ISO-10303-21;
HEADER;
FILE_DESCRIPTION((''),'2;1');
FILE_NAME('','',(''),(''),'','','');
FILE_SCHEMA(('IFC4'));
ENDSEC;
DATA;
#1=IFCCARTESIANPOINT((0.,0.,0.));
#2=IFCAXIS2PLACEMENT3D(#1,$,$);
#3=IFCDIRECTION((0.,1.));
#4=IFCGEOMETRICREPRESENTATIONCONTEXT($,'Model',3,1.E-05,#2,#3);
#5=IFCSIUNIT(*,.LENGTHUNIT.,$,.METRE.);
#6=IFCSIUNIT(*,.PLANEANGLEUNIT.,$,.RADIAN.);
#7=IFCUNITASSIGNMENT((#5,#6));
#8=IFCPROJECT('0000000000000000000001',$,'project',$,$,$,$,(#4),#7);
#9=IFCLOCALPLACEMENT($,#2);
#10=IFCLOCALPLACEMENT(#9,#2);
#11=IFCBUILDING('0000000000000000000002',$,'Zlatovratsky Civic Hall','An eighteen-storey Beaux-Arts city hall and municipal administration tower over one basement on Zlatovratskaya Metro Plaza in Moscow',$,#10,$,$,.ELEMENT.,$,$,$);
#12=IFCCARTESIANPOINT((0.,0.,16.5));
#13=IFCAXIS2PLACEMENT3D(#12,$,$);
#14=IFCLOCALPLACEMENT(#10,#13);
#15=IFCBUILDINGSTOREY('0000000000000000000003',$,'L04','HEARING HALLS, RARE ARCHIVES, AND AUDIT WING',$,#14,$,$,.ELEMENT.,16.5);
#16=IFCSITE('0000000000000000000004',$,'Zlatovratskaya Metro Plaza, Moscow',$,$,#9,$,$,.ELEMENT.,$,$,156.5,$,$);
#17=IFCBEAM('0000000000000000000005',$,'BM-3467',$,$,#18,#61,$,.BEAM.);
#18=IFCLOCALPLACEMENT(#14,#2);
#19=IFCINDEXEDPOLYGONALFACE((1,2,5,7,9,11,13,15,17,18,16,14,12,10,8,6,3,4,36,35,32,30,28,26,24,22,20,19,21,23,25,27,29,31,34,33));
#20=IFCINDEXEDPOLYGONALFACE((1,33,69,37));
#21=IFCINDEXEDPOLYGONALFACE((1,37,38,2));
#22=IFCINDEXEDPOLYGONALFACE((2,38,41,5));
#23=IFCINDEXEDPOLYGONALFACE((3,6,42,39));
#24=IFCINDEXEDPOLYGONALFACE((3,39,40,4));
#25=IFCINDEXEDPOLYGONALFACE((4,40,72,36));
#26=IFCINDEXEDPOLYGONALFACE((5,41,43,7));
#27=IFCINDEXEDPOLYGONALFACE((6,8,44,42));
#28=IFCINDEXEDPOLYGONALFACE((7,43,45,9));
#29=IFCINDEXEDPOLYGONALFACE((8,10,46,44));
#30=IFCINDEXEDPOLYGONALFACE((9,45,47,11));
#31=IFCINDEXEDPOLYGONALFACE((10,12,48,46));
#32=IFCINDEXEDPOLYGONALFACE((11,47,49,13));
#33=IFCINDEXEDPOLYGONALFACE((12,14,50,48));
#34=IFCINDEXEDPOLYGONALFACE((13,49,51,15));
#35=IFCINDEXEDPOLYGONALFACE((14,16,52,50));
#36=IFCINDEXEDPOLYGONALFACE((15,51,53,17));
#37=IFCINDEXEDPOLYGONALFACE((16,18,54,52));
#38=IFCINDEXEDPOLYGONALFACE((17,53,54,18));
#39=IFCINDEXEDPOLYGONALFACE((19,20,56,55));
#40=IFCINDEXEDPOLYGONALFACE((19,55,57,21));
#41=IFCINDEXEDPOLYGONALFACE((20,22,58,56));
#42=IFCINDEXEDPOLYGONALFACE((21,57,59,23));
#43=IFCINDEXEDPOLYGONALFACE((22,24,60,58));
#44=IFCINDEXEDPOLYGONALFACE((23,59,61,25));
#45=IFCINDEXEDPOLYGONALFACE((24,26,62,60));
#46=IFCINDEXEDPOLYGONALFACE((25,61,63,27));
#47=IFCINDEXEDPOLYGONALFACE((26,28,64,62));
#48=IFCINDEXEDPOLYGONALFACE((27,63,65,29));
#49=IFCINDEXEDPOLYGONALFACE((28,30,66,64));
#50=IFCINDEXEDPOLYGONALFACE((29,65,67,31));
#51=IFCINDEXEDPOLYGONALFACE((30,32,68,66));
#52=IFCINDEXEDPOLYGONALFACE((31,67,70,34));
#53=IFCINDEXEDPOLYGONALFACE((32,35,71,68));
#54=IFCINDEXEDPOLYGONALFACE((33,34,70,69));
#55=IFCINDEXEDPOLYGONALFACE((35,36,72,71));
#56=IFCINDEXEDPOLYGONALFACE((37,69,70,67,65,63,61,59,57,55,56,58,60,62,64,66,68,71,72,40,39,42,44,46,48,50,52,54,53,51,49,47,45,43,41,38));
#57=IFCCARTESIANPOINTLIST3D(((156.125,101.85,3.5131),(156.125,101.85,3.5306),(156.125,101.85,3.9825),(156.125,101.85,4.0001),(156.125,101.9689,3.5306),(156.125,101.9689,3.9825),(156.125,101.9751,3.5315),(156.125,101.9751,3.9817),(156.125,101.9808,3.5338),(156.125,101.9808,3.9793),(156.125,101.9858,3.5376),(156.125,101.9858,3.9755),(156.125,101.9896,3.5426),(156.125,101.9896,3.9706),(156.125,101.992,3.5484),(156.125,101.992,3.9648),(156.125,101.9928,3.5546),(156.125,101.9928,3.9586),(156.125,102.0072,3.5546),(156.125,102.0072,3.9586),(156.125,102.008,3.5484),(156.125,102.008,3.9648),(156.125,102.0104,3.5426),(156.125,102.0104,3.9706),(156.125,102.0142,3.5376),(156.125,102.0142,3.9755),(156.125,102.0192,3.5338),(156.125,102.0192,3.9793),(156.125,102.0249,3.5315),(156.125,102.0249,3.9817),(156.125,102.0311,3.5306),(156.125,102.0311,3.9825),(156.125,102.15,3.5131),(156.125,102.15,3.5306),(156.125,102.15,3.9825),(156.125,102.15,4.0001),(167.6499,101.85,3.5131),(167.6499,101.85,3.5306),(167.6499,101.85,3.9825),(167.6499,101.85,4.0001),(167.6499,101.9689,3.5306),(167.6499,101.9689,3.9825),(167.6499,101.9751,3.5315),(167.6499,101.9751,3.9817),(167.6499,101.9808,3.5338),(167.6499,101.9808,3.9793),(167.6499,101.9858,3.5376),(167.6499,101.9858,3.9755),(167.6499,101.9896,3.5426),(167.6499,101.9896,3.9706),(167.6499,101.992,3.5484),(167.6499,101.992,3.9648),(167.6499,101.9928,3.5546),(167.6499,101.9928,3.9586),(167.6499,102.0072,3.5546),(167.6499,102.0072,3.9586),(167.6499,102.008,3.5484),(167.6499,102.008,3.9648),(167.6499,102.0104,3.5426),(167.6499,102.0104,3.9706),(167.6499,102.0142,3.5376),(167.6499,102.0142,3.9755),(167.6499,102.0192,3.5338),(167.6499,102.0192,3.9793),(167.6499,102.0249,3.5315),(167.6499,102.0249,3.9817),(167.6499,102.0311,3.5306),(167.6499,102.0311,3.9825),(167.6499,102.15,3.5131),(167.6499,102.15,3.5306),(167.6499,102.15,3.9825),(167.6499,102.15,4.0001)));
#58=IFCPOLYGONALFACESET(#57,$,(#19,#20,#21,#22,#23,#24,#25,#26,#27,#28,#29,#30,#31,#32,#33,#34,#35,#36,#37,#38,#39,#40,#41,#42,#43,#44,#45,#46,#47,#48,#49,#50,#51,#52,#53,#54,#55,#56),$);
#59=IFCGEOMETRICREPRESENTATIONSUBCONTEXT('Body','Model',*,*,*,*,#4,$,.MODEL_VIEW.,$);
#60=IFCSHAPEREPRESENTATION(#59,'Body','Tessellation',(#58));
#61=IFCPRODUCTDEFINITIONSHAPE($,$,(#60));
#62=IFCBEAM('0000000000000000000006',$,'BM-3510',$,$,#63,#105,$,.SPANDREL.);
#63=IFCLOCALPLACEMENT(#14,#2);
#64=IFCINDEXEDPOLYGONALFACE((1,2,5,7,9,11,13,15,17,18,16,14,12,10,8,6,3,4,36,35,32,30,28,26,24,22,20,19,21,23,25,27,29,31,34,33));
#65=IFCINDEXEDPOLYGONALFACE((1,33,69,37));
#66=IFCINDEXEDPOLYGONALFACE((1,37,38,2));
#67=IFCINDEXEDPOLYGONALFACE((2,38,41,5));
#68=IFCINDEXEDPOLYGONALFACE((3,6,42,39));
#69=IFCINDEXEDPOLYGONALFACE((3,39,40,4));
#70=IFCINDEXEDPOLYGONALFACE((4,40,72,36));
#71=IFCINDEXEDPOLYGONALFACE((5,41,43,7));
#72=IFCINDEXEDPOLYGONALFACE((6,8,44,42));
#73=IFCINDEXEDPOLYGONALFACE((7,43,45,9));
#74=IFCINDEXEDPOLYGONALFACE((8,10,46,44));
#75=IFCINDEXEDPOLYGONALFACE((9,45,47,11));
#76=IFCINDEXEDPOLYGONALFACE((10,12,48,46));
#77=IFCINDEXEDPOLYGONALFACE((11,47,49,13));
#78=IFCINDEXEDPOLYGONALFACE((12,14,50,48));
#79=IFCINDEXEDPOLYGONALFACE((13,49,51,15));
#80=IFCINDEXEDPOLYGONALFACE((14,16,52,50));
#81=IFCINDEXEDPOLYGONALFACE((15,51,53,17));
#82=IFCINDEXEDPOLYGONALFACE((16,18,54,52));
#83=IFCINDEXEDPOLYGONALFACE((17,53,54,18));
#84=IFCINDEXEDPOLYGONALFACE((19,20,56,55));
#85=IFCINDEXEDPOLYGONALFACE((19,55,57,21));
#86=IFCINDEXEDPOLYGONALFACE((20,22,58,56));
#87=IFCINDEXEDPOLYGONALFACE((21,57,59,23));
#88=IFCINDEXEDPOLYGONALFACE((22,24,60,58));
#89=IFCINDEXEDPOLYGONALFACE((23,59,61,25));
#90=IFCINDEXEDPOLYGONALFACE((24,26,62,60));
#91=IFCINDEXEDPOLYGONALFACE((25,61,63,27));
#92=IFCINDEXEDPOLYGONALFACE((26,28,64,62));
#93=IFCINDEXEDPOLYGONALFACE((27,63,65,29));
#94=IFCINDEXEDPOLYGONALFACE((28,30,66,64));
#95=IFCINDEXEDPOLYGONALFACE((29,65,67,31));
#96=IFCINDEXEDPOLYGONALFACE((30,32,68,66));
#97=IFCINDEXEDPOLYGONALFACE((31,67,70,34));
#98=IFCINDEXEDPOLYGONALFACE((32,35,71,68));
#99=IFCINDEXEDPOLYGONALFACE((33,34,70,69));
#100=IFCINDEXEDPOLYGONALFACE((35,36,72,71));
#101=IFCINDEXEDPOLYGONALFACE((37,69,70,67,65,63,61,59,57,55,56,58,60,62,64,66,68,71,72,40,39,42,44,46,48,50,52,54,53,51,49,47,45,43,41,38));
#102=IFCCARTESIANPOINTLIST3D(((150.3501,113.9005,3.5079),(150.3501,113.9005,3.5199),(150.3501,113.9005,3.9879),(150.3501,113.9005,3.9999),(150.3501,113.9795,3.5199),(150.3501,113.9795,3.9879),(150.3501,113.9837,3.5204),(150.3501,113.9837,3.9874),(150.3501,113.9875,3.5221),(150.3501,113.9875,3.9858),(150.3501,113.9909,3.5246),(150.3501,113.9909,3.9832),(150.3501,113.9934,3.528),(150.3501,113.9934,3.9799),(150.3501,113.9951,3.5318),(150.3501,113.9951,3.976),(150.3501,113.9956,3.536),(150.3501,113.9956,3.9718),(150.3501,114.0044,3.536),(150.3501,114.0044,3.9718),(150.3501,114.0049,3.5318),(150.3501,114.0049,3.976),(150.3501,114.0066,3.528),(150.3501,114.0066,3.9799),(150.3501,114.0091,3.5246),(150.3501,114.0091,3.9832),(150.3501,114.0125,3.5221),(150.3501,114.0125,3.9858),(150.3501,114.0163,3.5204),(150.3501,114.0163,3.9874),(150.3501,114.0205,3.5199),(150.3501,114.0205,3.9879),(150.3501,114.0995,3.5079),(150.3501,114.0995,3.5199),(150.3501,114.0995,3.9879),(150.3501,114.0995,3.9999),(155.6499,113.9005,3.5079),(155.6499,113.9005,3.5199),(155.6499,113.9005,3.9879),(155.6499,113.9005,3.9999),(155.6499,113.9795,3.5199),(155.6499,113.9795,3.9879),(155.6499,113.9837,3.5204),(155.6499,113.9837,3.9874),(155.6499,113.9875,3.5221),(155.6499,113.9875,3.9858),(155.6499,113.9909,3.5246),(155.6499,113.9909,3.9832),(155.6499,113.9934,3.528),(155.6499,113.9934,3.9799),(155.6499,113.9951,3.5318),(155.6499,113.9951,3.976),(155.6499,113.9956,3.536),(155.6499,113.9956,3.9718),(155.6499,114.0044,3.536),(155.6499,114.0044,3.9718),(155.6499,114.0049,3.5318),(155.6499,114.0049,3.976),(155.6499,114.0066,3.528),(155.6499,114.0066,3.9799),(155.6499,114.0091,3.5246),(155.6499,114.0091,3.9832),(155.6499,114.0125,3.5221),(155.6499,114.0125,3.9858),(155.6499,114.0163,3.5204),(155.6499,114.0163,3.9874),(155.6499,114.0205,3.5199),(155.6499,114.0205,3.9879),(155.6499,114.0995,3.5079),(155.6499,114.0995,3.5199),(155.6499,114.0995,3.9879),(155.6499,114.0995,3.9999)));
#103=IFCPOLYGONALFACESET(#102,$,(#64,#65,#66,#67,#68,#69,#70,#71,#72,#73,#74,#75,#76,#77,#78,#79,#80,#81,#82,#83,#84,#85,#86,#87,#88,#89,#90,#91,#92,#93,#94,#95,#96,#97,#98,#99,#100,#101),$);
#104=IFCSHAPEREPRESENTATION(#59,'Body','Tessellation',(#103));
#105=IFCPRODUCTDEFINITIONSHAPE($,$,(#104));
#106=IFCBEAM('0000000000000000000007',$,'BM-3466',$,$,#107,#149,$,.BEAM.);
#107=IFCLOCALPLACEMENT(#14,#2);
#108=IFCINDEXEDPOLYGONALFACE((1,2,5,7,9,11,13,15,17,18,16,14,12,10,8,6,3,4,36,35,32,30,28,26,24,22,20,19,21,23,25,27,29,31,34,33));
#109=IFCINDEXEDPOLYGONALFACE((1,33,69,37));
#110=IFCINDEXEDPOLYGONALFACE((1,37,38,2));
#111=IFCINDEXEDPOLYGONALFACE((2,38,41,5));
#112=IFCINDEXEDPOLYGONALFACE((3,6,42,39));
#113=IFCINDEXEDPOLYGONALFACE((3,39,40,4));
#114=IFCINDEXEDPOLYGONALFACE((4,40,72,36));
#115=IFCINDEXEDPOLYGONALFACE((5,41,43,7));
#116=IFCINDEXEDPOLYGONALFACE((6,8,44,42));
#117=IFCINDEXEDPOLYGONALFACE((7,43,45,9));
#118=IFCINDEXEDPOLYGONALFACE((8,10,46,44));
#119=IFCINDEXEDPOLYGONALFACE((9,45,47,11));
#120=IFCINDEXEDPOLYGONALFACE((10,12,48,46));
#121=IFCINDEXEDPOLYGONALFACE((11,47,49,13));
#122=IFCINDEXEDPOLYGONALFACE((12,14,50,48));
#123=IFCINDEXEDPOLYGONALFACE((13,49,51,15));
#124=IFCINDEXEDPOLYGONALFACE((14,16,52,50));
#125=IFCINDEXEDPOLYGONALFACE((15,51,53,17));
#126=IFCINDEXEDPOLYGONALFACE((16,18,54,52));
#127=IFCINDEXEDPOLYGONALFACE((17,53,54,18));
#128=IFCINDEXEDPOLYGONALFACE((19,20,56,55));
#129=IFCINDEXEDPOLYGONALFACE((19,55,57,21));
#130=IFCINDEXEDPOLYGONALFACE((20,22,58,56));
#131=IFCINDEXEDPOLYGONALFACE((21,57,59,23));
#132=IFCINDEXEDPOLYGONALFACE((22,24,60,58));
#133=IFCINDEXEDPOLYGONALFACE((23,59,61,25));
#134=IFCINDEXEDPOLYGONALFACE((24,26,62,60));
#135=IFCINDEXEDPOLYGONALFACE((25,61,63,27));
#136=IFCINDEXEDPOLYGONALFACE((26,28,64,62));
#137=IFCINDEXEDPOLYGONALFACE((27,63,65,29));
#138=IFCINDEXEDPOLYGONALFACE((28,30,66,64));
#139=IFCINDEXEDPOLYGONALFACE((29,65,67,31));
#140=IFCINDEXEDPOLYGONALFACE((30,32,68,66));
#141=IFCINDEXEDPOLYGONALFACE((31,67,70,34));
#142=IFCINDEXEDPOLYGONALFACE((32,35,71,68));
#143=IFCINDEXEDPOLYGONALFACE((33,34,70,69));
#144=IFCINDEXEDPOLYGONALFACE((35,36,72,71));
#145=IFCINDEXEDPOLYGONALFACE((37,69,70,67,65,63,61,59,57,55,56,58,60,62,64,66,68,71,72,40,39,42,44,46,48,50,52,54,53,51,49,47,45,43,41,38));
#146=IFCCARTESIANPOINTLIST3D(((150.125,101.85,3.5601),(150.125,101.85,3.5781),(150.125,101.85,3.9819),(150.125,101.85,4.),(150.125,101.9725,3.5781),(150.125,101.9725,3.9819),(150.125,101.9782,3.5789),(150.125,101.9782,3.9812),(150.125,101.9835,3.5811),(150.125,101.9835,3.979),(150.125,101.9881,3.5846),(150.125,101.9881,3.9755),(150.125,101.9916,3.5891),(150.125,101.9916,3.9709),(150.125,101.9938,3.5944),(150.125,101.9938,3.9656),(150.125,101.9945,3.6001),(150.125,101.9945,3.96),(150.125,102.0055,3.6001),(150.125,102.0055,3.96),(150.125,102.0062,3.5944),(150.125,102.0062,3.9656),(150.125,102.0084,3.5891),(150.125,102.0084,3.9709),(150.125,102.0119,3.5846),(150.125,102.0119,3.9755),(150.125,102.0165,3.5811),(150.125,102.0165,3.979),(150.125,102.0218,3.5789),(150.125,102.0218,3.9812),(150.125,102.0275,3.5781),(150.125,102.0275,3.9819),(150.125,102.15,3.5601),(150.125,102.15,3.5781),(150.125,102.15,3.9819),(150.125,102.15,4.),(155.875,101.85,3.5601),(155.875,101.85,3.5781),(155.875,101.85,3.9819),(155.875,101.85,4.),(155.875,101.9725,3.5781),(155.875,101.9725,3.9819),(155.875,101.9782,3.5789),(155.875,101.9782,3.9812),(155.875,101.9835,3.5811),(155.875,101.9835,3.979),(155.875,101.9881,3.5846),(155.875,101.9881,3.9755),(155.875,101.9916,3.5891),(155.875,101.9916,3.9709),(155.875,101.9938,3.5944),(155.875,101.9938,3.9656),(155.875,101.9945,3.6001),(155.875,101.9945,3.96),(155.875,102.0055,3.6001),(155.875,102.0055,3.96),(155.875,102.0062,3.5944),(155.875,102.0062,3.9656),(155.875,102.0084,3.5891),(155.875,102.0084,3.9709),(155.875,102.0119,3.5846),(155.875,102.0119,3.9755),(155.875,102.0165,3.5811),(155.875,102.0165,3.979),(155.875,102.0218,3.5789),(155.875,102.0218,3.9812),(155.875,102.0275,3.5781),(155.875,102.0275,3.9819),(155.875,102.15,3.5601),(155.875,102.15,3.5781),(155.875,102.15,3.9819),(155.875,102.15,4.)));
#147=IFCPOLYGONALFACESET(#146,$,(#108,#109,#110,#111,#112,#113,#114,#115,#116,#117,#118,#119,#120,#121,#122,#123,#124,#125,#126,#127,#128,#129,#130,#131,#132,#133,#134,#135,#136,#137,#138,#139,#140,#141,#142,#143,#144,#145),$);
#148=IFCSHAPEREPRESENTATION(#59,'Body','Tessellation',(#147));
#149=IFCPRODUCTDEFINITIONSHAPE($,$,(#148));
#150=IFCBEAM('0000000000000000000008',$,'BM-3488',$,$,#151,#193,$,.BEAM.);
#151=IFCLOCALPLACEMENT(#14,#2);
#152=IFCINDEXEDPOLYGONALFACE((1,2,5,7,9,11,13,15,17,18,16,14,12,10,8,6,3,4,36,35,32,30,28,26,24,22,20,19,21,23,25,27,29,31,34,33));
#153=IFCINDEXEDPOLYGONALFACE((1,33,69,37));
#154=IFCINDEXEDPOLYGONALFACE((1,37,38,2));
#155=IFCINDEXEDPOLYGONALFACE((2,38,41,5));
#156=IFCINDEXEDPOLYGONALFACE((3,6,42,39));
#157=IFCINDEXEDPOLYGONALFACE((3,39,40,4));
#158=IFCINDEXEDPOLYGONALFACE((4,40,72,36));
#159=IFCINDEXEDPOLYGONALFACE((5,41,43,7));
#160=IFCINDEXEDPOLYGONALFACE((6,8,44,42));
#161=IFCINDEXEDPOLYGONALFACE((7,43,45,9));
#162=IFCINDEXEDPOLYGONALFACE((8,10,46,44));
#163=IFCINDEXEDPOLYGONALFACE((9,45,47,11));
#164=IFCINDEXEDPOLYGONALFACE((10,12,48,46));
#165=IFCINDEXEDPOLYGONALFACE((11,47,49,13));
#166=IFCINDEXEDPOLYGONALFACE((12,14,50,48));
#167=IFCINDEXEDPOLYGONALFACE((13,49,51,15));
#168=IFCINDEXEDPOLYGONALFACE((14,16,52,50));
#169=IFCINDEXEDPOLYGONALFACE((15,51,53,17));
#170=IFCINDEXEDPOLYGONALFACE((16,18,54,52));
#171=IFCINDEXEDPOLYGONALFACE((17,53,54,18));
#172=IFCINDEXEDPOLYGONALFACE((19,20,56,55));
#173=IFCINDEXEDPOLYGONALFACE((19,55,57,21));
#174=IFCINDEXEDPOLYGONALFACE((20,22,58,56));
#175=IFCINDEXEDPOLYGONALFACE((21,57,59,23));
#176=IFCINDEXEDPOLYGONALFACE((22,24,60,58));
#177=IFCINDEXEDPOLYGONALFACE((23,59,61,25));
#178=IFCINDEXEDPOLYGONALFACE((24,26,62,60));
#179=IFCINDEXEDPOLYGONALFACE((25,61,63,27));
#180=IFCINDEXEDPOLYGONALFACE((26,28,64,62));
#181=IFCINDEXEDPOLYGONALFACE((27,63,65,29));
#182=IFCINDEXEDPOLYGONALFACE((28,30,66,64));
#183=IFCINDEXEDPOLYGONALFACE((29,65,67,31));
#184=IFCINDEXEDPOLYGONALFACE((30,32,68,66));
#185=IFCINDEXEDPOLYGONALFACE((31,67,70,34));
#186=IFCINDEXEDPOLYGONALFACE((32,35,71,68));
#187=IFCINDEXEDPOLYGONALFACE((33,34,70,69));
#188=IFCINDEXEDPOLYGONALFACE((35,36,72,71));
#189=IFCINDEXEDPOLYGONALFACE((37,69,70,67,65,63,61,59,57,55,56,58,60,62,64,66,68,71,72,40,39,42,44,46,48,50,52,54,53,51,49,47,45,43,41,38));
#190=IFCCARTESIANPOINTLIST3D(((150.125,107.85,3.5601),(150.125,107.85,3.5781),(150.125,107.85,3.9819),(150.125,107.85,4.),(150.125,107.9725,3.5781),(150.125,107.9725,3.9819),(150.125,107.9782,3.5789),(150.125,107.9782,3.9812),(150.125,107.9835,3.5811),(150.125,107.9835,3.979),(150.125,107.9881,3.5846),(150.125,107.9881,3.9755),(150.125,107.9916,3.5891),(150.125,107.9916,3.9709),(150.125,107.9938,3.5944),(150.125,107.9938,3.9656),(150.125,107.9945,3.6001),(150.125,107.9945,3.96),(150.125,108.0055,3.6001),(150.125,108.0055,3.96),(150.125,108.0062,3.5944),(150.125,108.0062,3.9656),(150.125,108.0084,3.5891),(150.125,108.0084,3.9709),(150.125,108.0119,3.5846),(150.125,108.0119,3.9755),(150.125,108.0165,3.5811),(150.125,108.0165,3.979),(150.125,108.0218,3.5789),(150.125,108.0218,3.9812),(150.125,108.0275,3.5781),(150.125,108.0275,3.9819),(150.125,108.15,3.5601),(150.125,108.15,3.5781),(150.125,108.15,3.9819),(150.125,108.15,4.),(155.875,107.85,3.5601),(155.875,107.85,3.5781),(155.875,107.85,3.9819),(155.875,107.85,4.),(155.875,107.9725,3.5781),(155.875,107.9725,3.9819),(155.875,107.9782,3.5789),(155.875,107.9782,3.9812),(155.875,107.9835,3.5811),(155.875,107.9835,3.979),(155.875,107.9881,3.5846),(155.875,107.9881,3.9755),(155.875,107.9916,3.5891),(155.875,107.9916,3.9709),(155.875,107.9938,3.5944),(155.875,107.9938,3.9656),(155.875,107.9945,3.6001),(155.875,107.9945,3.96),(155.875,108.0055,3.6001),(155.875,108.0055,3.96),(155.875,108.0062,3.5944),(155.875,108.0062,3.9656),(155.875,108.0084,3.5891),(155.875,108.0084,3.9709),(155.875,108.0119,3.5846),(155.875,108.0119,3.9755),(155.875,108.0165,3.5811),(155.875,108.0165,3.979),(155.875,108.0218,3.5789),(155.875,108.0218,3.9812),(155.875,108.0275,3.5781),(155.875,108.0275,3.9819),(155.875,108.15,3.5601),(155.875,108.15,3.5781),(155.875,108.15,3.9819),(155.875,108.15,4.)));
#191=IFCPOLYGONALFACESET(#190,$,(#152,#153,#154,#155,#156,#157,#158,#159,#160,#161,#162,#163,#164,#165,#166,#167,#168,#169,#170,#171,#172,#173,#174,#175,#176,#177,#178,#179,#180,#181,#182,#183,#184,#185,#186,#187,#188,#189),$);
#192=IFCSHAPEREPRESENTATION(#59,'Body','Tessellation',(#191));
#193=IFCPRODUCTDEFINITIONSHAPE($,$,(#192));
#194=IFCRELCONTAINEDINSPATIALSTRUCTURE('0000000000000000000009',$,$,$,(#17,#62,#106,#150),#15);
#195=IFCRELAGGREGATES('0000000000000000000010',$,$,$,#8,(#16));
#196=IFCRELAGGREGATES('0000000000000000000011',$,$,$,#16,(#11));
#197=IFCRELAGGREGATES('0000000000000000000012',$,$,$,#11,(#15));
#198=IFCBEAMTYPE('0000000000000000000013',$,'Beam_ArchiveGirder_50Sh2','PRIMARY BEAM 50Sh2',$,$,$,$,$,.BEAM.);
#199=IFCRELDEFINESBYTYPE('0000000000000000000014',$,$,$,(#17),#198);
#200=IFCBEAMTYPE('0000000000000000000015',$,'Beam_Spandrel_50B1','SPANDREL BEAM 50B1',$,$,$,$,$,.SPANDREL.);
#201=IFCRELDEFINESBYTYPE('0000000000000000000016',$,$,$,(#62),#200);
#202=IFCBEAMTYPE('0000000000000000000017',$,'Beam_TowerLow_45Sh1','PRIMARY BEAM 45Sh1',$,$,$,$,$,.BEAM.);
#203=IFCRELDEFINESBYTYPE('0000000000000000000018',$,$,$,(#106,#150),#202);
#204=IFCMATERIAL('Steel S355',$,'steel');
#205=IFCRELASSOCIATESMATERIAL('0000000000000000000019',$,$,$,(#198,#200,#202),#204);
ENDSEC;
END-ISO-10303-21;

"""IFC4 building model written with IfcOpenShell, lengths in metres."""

from ifc_helpers import new_model, si_unit, direction, frame, origin, origin_2d, place, context, subcontext, project, spatial, i_section, extrude, material, material_profile, profile_set, type_object, element, save


model = new_model("IFC4")

# Units and contexts
model_context = context("Model", 3, precision=1e-05, world=origin(), true_north=direction((0.0, 1.0)))
body_context = subcontext(model_context, "Body", "Model", "MODEL_VIEW")
ifc_project = project(units=[si_unit("LENGTHUNIT", "METRE"), si_unit("PLANEANGLEUNIT", "RADIAN")], contexts=[model_context])

# Site, building, storey
site_placement = place(None, origin())
site = spatial("IfcSite", under=ifc_project, at=site_placement, Name="Zlatovratskaya Metro Plaza, Moscow", CompositionType="ELEMENT", RefElevation=156.5)
building_placement = place(site_placement, origin())
building = spatial("IfcBuilding", under=site, at=building_placement, Name="Zlatovratsky Civic Hall", Description="An eighteen-storey Beaux-Arts city hall and municipal administration tower over one basement on Zlatovratskaya Metro Plaza in Moscow", CompositionType="ELEMENT")
storey_placement = place(building_placement, frame((0.0, 0.0, 16.5)))
storey = spatial("IfcBuildingStorey", under=building, at=storey_placement, Name="L04", Description="HEARING HALLS, RARE ARCHIVES, AND AUDIT WING", CompositionType="ELEMENT", Elevation=16.5)

# Shared definitions
ifc_material_1 = material(Name="Steel S355", Category="steel")

# Beams
ifc_material_profile_1 = material_profile(ifc_material_1, i_section(OverallWidth=0.3, OverallDepth=0.4871, WebThickness=0.0144, FlangeThickness=0.0176, FilletRadius=0.0239, at=origin_2d()), Name="50Sh2")
ifc_profile_set_1 = profile_set([ifc_material_profile_1], Name="Steel S355")
beam_type_1 = type_object("IfcBeamType", Name="Beam_ArchiveGirder_50Sh2", Description="PRIMARY BEAM 50Sh2", PredefinedType="BEAM", material=ifc_profile_set_1)
beam_1_placement = place(storey_placement, frame((156.125, 102.0, 3.7566), z_axis=(1.0, 0.0, 0.0), x_axis=(0.0, 1.0, 0.0)))
element("IfcBeam", 1, at=beam_1_placement, inside=storey, type_object=beam_type_1, Name="BM-3467", PredefinedType="BEAM", context=body_context, shape_type="SweptSolid", body=[
    extrude(i_section(OverallWidth=0.3, OverallDepth=0.4871, WebThickness=0.0144, FlangeThickness=0.0176, FilletRadius=0.0239, at=origin_2d()), origin(), (0.0, 0.0, 1.0), 11.5249),
])
ifc_material_profile_2 = material_profile(ifc_material_1, i_section(OverallWidth=0.199, OverallDepth=0.4919, WebThickness=0.0088, FlangeThickness=0.012, FilletRadius=0.0161, at=origin_2d()), Name="50B1")
ifc_profile_set_2 = profile_set([ifc_material_profile_2], Name="Steel S355")
beam_type_2 = type_object("IfcBeamType", Name="Beam_Spandrel_50B1", Description="SPANDREL BEAM 50B1", PredefinedType="SPANDREL", material=ifc_profile_set_2)
beam_2_placement = place(storey_placement, frame((150.3501, 114.0, 3.7539), z_axis=(1.0, 0.0, 0.0), x_axis=(0.0, 1.0, 0.0)))
element("IfcBeam", 2, at=beam_2_placement, inside=storey, type_object=beam_type_2, Name="BM-3510", PredefinedType="SPANDREL", context=body_context, shape_type="SweptSolid", body=[
    extrude(i_section(OverallWidth=0.199, OverallDepth=0.4919, WebThickness=0.0088, FlangeThickness=0.012, FilletRadius=0.0161, at=origin_2d()), origin(), (0.0, 0.0, 1.0), 5.2998),
])
ifc_material_profile_3 = material_profile(ifc_material_1, i_section(OverallWidth=0.3, OverallDepth=0.4399, WebThickness=0.011, FlangeThickness=0.0181, FilletRadius=0.022, at=origin_2d()), Name="45Sh1")
ifc_profile_set_3 = profile_set([ifc_material_profile_3], Name="Steel S355")
beam_type_3 = type_object("IfcBeamType", Name="Beam_TowerLow_45Sh1", Description="PRIMARY BEAM 45Sh1", PredefinedType="BEAM", material=ifc_profile_set_3)
for number, where, z_axis, x_axis, name in (
    (3, (150.125, 102.0, 3.78), (1.0, 0.0, 0.0), (0.0, 1.0, 0.0), "BM-3466"),
    (4, (150.125, 108.0, 3.78), (1.0, 0.0, 0.0), (0.0, 1.0, 0.0), "BM-3488"),
):
    element("IfcBeam", number, at=place(storey_placement, frame(where, z_axis=z_axis, x_axis=x_axis)), inside=storey, type_object=beam_type_3, Name=name, PredefinedType="BEAM", context=body_context, shape_type="SweptSolid", body=[
        extrude(i_section(OverallWidth=0.3, OverallDepth=0.4399, WebThickness=0.011, FlangeThickness=0.0181, FilletRadius=0.022, at=origin_2d()), origin(), (0.0, 0.0, 1.0), 5.75),
    ])

save(model, "model.ifc")
